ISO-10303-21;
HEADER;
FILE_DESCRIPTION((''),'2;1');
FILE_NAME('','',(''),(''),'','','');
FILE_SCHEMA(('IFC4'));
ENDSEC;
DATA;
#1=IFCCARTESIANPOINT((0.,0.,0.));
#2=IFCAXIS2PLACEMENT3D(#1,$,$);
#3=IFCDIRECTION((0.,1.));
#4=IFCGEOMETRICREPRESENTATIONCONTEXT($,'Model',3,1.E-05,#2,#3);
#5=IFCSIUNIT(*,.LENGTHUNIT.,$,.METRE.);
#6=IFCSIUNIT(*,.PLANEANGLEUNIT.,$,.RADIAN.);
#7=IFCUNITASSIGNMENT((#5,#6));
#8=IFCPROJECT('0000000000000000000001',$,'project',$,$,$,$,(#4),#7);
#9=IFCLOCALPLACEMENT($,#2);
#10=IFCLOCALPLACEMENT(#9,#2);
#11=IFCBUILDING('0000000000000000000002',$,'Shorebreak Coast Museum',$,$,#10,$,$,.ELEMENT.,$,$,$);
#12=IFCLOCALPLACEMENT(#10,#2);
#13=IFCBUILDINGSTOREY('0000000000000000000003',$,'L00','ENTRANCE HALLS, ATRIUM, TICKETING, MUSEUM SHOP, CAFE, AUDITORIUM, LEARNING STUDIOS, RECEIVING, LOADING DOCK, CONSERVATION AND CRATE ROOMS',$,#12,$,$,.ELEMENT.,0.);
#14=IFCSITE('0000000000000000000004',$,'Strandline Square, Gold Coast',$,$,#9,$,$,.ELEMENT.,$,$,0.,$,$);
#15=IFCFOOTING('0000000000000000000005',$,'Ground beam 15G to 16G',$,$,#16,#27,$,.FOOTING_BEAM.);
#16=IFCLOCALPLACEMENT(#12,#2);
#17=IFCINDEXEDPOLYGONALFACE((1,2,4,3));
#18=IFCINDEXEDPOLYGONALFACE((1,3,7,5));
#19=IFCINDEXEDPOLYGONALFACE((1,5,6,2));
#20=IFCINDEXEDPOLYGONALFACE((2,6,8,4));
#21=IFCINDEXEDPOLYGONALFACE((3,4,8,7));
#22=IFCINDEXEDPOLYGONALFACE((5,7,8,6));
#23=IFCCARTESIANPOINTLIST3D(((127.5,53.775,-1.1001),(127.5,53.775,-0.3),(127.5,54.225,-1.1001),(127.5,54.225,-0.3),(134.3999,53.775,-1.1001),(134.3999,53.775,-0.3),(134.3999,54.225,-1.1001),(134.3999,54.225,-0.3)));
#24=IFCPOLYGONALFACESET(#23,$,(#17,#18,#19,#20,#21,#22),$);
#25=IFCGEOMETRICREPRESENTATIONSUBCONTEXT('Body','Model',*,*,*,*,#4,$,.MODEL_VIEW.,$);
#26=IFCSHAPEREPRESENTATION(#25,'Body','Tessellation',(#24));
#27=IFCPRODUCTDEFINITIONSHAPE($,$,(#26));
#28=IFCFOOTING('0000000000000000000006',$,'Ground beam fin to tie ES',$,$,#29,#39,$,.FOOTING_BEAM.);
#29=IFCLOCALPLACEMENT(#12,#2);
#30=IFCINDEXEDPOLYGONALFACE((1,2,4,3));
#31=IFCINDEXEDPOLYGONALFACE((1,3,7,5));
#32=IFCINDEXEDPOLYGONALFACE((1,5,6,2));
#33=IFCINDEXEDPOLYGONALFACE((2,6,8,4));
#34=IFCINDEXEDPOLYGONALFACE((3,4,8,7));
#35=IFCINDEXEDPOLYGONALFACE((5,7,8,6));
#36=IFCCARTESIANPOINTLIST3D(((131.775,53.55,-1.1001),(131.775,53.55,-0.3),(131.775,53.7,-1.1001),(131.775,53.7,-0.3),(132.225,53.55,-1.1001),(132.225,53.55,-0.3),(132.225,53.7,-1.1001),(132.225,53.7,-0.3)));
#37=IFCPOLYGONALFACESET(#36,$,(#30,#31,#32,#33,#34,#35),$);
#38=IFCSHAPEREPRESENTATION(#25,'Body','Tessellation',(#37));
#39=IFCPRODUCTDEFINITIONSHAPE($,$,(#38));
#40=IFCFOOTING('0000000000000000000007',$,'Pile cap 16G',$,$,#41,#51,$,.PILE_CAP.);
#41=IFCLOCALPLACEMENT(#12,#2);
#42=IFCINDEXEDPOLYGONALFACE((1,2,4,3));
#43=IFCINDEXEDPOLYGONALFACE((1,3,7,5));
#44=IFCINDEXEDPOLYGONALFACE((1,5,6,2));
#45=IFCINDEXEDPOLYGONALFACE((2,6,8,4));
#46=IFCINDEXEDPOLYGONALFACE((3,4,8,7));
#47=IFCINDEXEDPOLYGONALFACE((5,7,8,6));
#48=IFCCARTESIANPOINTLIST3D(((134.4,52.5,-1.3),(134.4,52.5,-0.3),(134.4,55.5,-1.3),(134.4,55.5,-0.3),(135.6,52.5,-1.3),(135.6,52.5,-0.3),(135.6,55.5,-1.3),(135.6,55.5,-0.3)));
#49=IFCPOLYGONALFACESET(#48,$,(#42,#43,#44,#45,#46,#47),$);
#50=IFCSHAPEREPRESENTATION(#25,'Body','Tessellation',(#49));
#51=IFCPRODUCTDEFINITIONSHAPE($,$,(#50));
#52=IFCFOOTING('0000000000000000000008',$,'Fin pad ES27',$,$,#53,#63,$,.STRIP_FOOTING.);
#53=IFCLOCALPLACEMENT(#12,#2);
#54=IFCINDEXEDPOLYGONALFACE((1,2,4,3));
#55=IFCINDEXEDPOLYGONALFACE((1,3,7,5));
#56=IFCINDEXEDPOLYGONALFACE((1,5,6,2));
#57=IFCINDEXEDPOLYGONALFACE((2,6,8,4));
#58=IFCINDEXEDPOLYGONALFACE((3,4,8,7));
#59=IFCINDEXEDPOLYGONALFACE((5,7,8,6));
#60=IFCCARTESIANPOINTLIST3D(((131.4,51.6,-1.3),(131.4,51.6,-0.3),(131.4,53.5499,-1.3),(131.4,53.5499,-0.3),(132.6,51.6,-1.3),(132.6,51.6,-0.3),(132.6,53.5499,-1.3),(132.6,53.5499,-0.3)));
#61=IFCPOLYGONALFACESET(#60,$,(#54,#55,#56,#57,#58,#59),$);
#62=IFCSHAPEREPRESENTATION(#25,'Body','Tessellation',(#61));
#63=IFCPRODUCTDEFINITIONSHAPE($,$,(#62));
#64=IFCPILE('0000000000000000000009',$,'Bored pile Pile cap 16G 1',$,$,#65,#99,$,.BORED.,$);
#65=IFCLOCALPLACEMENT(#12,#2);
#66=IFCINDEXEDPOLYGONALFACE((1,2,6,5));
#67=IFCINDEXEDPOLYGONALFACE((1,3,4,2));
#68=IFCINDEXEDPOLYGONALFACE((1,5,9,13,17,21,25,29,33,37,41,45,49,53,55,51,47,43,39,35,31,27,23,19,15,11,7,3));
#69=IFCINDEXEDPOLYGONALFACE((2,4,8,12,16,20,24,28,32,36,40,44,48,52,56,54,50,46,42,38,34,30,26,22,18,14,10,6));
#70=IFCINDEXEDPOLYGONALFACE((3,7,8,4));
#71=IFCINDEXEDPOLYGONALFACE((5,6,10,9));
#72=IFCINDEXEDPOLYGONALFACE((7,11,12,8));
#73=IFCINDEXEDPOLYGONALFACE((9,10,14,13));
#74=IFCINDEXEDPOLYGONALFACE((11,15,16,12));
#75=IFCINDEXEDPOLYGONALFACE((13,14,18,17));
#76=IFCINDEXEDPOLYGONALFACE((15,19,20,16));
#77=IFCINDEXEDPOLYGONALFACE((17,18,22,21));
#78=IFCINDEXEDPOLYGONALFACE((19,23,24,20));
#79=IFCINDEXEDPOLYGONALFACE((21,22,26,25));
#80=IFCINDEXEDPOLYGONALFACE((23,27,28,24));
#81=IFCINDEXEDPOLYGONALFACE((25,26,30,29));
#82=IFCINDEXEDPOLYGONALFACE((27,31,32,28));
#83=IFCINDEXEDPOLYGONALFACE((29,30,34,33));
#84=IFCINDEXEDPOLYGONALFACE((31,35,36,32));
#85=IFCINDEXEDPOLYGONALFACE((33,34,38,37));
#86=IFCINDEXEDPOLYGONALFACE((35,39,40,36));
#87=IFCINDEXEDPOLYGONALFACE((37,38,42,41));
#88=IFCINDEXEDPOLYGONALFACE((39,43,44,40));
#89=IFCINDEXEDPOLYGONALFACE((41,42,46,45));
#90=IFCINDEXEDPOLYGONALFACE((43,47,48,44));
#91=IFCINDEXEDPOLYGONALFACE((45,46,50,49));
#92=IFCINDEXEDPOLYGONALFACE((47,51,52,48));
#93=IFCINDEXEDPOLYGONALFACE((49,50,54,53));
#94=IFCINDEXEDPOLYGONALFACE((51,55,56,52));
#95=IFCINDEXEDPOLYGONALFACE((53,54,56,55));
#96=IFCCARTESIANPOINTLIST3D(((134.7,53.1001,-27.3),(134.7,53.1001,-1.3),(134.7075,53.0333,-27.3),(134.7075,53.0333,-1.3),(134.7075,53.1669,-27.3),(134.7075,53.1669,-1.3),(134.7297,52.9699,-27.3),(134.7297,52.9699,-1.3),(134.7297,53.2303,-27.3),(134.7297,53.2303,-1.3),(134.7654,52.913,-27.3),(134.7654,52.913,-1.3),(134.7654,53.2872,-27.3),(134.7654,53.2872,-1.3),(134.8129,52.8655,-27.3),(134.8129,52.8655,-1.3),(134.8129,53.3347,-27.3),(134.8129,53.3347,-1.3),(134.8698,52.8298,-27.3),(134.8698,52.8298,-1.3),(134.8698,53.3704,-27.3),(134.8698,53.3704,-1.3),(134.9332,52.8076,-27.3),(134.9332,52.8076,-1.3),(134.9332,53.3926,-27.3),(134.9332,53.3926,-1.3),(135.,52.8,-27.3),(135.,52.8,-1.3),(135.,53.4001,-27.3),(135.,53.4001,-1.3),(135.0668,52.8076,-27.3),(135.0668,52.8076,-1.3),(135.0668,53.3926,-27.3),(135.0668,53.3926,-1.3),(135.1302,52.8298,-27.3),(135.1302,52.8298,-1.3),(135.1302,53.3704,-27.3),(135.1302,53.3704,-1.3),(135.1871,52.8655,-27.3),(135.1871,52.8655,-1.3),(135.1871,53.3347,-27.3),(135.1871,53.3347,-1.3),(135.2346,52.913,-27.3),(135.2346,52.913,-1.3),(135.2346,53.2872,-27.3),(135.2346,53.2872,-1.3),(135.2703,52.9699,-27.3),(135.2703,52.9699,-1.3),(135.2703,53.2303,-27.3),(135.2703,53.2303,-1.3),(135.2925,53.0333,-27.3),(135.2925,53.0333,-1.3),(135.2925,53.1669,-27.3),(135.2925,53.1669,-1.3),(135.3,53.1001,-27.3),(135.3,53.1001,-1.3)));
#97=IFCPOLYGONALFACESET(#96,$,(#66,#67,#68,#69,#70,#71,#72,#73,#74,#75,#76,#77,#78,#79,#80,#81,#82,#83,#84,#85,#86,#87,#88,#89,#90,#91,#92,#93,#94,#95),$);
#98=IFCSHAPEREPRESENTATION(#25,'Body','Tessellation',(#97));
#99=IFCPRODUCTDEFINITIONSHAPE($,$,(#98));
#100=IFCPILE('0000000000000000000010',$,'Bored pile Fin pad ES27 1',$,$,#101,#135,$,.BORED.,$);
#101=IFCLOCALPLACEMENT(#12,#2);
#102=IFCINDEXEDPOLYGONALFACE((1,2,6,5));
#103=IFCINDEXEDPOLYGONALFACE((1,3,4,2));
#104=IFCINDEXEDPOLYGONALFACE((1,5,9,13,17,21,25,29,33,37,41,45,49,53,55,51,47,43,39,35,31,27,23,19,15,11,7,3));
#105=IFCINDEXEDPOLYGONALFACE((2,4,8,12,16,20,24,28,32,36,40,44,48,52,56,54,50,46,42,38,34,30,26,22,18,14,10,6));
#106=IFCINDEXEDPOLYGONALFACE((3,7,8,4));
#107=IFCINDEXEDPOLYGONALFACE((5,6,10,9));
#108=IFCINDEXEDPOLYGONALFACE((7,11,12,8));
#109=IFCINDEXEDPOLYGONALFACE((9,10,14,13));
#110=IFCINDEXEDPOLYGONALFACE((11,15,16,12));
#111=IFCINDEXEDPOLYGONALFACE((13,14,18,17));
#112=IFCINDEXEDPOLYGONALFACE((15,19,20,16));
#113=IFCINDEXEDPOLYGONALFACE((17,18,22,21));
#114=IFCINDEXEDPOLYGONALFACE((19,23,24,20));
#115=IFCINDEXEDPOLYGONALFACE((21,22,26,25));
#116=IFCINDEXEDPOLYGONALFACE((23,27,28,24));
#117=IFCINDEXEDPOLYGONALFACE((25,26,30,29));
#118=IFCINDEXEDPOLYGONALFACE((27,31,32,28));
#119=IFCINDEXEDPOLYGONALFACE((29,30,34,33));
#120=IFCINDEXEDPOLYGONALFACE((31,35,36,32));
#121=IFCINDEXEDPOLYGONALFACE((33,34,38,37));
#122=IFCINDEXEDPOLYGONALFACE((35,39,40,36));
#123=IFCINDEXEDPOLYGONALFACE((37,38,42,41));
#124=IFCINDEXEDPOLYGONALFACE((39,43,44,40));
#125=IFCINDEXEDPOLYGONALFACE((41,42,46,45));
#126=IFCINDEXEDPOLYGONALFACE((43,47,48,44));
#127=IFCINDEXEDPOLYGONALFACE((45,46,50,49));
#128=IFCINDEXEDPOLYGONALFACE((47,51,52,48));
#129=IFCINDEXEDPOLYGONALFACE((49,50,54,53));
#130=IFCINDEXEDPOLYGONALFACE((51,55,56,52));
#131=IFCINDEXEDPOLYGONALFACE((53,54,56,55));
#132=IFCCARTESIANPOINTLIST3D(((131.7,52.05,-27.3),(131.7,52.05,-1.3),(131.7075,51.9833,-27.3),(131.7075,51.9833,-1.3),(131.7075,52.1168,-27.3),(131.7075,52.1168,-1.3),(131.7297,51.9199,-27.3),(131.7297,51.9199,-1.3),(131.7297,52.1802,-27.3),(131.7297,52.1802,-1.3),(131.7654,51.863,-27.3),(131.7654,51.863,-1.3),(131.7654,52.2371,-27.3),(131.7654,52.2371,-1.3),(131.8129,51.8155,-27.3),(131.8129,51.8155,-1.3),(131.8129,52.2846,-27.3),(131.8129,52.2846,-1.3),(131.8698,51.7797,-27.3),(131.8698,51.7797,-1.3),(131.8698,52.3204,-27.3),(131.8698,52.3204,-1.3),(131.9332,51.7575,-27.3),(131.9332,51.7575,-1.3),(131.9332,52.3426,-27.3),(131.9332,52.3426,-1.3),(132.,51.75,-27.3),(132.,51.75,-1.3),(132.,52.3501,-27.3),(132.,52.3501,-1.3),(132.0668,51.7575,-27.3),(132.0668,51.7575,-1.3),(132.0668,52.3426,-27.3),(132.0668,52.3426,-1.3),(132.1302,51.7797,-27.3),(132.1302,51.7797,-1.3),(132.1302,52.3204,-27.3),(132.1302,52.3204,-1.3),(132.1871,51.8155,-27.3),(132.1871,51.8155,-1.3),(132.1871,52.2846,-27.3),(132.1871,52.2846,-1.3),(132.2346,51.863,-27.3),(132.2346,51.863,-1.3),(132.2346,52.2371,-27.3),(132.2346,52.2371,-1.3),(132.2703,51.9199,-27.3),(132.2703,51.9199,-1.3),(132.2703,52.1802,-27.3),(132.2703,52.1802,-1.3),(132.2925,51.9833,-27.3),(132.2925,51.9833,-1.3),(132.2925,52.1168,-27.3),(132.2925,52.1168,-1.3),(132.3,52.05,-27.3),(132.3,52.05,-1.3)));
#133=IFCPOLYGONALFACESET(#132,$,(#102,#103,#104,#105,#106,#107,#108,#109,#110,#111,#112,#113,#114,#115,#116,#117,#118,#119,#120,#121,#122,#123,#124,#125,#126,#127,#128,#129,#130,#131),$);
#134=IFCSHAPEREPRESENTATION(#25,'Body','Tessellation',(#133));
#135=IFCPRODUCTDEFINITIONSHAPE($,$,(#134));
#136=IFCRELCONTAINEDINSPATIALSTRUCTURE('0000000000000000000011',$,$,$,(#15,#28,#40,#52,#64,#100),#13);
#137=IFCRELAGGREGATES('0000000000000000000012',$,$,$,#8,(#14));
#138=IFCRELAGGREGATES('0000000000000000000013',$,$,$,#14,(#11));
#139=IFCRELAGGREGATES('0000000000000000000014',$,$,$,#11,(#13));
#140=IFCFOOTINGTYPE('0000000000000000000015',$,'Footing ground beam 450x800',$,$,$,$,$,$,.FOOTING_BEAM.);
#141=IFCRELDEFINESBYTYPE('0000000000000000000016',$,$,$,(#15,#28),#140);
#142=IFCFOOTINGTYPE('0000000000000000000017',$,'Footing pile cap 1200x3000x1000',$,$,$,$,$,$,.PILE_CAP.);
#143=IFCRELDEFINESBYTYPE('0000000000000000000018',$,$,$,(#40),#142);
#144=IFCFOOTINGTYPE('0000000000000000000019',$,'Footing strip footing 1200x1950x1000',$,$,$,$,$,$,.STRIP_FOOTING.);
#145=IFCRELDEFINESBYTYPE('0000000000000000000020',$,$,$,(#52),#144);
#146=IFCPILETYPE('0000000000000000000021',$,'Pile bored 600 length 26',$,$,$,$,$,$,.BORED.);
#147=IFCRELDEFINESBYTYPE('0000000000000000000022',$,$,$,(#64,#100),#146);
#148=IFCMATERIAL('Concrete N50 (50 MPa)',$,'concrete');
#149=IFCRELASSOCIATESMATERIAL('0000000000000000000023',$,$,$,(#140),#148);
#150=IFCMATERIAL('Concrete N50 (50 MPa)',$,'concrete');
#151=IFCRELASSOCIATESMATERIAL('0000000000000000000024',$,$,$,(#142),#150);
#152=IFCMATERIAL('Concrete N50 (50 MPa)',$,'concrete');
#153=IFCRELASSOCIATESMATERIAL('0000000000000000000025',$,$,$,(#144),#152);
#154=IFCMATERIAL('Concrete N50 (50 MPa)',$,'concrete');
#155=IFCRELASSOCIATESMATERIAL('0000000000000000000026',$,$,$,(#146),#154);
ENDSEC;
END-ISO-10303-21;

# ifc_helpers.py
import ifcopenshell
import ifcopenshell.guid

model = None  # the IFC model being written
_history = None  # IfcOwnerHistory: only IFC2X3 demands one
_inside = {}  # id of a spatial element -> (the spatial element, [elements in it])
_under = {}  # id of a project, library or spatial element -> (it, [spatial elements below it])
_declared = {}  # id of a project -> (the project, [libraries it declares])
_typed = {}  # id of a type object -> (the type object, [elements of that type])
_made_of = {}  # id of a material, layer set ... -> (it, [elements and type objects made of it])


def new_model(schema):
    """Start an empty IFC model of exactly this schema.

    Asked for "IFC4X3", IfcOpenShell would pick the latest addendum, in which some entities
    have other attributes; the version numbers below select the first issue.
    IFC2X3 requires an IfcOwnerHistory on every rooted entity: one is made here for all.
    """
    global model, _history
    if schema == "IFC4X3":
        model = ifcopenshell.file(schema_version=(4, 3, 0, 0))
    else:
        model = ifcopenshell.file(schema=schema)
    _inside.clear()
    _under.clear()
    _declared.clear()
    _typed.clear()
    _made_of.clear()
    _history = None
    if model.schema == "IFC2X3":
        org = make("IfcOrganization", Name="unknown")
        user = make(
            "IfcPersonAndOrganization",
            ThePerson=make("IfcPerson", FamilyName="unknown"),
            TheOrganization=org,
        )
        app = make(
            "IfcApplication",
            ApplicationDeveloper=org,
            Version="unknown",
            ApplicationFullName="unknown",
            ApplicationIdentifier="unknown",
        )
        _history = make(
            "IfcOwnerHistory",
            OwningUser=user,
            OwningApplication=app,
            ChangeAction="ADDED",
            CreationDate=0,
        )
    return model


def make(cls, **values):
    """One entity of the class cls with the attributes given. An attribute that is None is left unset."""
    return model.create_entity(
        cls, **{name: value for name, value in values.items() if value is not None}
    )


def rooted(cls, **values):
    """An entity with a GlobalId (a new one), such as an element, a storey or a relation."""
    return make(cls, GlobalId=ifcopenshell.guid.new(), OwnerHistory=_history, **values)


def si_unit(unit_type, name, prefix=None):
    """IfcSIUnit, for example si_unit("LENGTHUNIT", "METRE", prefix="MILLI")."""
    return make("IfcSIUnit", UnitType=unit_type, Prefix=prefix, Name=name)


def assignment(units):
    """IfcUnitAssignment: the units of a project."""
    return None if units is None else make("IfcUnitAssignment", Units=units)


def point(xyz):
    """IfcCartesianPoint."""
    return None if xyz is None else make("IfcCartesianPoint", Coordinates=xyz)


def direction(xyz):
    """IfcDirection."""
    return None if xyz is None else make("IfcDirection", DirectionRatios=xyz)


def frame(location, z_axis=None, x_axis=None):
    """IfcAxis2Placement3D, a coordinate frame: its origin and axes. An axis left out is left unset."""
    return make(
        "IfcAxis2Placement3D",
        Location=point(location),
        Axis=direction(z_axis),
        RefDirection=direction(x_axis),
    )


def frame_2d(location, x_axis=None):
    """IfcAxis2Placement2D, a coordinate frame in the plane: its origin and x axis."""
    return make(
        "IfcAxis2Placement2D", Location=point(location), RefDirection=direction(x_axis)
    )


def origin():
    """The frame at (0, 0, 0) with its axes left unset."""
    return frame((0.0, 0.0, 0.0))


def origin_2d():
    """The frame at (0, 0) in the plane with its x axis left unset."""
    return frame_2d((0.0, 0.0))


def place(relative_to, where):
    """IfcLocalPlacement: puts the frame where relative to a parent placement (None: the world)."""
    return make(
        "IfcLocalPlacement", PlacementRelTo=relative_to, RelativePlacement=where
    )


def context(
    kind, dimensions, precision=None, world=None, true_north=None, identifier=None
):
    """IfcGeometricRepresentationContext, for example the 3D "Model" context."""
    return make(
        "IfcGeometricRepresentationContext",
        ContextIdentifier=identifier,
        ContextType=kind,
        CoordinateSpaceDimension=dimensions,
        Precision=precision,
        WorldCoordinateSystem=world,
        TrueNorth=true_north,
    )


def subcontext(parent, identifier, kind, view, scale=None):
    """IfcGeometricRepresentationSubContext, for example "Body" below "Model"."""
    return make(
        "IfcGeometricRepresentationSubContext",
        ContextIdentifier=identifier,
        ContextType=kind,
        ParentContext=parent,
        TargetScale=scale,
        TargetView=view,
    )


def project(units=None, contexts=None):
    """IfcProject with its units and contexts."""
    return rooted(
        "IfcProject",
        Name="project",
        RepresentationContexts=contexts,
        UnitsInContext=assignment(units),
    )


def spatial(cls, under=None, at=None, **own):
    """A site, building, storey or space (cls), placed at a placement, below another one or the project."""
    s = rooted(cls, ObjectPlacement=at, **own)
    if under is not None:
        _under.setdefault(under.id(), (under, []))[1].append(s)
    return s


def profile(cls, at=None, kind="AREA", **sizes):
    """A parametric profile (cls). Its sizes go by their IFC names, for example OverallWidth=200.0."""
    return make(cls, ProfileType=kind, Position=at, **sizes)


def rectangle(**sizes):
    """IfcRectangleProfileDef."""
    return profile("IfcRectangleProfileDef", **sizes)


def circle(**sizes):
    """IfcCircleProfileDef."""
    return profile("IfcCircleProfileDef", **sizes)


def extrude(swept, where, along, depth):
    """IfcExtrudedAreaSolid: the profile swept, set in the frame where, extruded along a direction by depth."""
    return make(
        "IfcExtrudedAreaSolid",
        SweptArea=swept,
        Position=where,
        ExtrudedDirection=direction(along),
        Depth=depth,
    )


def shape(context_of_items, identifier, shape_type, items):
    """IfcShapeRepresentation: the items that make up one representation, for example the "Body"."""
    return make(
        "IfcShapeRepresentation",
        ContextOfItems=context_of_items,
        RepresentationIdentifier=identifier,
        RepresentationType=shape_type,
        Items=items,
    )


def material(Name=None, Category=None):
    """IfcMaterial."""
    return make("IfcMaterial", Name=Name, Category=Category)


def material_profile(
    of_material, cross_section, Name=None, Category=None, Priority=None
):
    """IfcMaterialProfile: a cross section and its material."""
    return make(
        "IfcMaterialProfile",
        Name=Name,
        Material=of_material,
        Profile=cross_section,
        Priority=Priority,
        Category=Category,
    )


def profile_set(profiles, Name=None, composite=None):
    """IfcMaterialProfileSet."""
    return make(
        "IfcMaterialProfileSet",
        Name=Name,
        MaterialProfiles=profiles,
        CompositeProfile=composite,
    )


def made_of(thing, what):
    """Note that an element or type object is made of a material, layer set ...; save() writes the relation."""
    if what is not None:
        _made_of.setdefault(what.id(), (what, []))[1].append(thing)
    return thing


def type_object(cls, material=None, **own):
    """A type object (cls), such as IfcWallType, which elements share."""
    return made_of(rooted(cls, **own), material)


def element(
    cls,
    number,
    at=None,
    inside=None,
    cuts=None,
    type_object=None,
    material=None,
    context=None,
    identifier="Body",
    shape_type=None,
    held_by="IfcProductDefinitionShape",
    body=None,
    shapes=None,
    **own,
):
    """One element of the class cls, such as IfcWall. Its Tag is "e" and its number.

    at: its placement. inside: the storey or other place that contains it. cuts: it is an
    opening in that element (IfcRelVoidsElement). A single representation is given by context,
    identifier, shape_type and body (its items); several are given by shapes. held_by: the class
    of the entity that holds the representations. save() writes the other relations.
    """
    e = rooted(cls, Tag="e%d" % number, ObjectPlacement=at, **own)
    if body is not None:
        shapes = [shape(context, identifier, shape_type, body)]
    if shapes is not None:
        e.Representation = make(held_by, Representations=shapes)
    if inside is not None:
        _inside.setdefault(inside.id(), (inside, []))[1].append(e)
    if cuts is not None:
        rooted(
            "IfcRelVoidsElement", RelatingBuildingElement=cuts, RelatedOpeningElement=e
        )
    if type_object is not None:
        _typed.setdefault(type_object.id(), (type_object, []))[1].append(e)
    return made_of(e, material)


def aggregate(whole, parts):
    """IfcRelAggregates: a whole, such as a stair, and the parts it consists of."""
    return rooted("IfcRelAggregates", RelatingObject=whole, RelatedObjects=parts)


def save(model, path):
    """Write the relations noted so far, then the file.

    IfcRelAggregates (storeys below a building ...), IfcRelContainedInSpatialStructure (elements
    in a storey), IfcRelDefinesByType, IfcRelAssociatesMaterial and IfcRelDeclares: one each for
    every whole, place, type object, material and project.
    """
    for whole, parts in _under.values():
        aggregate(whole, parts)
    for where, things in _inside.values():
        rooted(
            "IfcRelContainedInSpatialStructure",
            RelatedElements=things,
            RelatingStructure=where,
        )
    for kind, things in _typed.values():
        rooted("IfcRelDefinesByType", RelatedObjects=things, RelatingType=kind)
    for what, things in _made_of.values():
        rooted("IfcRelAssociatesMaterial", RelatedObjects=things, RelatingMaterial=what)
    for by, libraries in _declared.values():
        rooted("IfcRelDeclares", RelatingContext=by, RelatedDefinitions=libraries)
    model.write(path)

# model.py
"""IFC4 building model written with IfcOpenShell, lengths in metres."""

from ifc_helpers import new_model, si_unit, direction, frame, origin, origin_2d, place, context, subcontext, project, spatial, rectangle, circle, extrude, material, material_profile, profile_set, type_object, element, save


model = new_model("IFC4")

# Units and contexts
model_context = context("Model", 3, precision=1e-05, world=origin(), true_north=direction((0.0, 1.0)))
body_context = subcontext(model_context, "Body", "Model", "MODEL_VIEW")
ifc_project = project(units=[si_unit("LENGTHUNIT", "METRE"), si_unit("PLANEANGLEUNIT", "RADIAN")], contexts=[model_context])

# Site, building, storey
site_placement = place(None, origin())
site = spatial("IfcSite", under=ifc_project, at=site_placement, Name="Strandline Square, Gold Coast", CompositionType="ELEMENT", RefElevation=0.0)
building_placement = place(site_placement, origin())
building = spatial("IfcBuilding", under=site, at=building_placement, Name="Shorebreak Coast Museum", CompositionType="ELEMENT")
storey_placement = place(building_placement, origin())
storey = spatial("IfcBuildingStorey", under=building, at=storey_placement, Name="L00", Description="ENTRANCE HALLS, ATRIUM, TICKETING, MUSEUM SHOP, CAFE, AUDITORIUM, LEARNING STUDIOS, RECEIVING, LOADING DOCK, CONSERVATION AND CRATE ROOMS", CompositionType="ELEMENT", Elevation=0.0)

# Footings
ifc_material_1 = material(Name="Concrete N50 (50 MPa)", Category="concrete")
footing_type_1 = type_object("IfcFootingType", Name="Footing ground beam 450x800", PredefinedType="FOOTING_BEAM", material=ifc_material_1)
footing_1_placement = place(storey_placement, frame((130.95, 54.0, -1.1001), z_axis=(0.0, 0.0, 1.0), x_axis=(1.0, 0.0, 0.0)))
element("IfcFooting", 1, at=footing_1_placement, inside=storey, type_object=footing_type_1, Name="Ground beam 15G to 16G", PredefinedType="FOOTING_BEAM", context=body_context, shape_type="SweptSolid", body=[
    extrude(rectangle(XDim=6.8999, YDim=0.45, at=origin_2d()), origin(), (0.0, 0.0, 1.0), 0.8),
])
footing_2_placement = place(storey_placement, frame((132.0, 53.625, -1.1001), z_axis=(0.0, 0.0, 1.0), x_axis=(1.0, 0.0, 0.0)))
element("IfcFooting", 2, at=footing_2_placement, inside=storey, type_object=footing_type_1, Name="Ground beam fin to tie ES", PredefinedType="FOOTING_BEAM", context=body_context, shape_type="SweptSolid", body=[
    extrude(rectangle(XDim=0.45, YDim=0.1499, at=origin_2d()), origin(), (0.0, 0.0, 1.0), 0.8),
])
ifc_material_2 = material(Name="Concrete N50 (50 MPa)", Category="concrete")
footing_type_2 = type_object("IfcFootingType", Name="Footing pile cap 1200x3000x1000", PredefinedType="PILE_CAP", material=ifc_material_2)
footing_3_placement = place(storey_placement, frame((135.0, 54.0, -1.3), z_axis=(0.0, 0.0, 1.0), x_axis=(1.0, 0.0, 0.0)))
element("IfcFooting", 3, at=footing_3_placement, inside=storey, type_object=footing_type_2, Name="Pile cap 16G", PredefinedType="PILE_CAP", context=body_context, shape_type="SweptSolid", body=[
    extrude(rectangle(XDim=1.2, YDim=3.0, at=origin_2d()), origin(), (0.0, 0.0, 1.0), 1.0),
])
ifc_material_3 = material(Name="Concrete N50 (50 MPa)", Category="concrete")
footing_type_3 = type_object("IfcFootingType", Name="Footing strip footing 1200x1950x1000", PredefinedType="STRIP_FOOTING", material=ifc_material_3)
footing_4_placement = place(storey_placement, frame((132.0, 52.575, -1.3), z_axis=(0.0, 0.0, 1.0), x_axis=(1.0, 0.0, 0.0)))
element("IfcFooting", 4, at=footing_4_placement, inside=storey, type_object=footing_type_3, Name="Fin pad ES27", PredefinedType="STRIP_FOOTING", context=body_context, shape_type="SweptSolid", body=[
    extrude(rectangle(XDim=1.2, YDim=1.95, at=origin_2d()), origin(), (0.0, 0.0, 1.0), 1.0),
])

# Piles
ifc_material_4 = material(Name="Concrete N50 (50 MPa)", Category="concrete")
ifc_material_profile_1 = material_profile(ifc_material_4, circle(Radius=0.3, at=origin_2d()), Name="Pile bored 600 length 26")
ifc_profile_set_1 = profile_set([ifc_material_profile_1], Name="Concrete N50 (50 MPa)")
pile_type = type_object("IfcPileType", Name="Pile bored 600 length 26", PredefinedType="BORED", material=ifc_profile_set_1)
for number, where, z_axis, x_axis, name in (
    (5, (135.0, 53.1001, -1.3), (0.0, 0.0, -1.0), (1.0, 0.0, 0.0), "Bored pile Pile cap 16G 1"),
    (6, (132.0, 52.05, -1.3), (0.0, 0.0, -1.0), (1.0, 0.0, 0.0), "Bored pile Fin pad ES27 1"),
):
    element("IfcPile", number, at=place(storey_placement, frame(where, z_axis=z_axis, x_axis=x_axis)), inside=storey, type_object=pile_type, Name=name, PredefinedType="BORED", context=body_context, shape_type="SweptSolid", body=[
        extrude(circle(Radius=0.3, at=origin_2d()), origin(), (0.0, 0.0, 1.0), 26.0),
    ])

save(model, "model.ifc")
